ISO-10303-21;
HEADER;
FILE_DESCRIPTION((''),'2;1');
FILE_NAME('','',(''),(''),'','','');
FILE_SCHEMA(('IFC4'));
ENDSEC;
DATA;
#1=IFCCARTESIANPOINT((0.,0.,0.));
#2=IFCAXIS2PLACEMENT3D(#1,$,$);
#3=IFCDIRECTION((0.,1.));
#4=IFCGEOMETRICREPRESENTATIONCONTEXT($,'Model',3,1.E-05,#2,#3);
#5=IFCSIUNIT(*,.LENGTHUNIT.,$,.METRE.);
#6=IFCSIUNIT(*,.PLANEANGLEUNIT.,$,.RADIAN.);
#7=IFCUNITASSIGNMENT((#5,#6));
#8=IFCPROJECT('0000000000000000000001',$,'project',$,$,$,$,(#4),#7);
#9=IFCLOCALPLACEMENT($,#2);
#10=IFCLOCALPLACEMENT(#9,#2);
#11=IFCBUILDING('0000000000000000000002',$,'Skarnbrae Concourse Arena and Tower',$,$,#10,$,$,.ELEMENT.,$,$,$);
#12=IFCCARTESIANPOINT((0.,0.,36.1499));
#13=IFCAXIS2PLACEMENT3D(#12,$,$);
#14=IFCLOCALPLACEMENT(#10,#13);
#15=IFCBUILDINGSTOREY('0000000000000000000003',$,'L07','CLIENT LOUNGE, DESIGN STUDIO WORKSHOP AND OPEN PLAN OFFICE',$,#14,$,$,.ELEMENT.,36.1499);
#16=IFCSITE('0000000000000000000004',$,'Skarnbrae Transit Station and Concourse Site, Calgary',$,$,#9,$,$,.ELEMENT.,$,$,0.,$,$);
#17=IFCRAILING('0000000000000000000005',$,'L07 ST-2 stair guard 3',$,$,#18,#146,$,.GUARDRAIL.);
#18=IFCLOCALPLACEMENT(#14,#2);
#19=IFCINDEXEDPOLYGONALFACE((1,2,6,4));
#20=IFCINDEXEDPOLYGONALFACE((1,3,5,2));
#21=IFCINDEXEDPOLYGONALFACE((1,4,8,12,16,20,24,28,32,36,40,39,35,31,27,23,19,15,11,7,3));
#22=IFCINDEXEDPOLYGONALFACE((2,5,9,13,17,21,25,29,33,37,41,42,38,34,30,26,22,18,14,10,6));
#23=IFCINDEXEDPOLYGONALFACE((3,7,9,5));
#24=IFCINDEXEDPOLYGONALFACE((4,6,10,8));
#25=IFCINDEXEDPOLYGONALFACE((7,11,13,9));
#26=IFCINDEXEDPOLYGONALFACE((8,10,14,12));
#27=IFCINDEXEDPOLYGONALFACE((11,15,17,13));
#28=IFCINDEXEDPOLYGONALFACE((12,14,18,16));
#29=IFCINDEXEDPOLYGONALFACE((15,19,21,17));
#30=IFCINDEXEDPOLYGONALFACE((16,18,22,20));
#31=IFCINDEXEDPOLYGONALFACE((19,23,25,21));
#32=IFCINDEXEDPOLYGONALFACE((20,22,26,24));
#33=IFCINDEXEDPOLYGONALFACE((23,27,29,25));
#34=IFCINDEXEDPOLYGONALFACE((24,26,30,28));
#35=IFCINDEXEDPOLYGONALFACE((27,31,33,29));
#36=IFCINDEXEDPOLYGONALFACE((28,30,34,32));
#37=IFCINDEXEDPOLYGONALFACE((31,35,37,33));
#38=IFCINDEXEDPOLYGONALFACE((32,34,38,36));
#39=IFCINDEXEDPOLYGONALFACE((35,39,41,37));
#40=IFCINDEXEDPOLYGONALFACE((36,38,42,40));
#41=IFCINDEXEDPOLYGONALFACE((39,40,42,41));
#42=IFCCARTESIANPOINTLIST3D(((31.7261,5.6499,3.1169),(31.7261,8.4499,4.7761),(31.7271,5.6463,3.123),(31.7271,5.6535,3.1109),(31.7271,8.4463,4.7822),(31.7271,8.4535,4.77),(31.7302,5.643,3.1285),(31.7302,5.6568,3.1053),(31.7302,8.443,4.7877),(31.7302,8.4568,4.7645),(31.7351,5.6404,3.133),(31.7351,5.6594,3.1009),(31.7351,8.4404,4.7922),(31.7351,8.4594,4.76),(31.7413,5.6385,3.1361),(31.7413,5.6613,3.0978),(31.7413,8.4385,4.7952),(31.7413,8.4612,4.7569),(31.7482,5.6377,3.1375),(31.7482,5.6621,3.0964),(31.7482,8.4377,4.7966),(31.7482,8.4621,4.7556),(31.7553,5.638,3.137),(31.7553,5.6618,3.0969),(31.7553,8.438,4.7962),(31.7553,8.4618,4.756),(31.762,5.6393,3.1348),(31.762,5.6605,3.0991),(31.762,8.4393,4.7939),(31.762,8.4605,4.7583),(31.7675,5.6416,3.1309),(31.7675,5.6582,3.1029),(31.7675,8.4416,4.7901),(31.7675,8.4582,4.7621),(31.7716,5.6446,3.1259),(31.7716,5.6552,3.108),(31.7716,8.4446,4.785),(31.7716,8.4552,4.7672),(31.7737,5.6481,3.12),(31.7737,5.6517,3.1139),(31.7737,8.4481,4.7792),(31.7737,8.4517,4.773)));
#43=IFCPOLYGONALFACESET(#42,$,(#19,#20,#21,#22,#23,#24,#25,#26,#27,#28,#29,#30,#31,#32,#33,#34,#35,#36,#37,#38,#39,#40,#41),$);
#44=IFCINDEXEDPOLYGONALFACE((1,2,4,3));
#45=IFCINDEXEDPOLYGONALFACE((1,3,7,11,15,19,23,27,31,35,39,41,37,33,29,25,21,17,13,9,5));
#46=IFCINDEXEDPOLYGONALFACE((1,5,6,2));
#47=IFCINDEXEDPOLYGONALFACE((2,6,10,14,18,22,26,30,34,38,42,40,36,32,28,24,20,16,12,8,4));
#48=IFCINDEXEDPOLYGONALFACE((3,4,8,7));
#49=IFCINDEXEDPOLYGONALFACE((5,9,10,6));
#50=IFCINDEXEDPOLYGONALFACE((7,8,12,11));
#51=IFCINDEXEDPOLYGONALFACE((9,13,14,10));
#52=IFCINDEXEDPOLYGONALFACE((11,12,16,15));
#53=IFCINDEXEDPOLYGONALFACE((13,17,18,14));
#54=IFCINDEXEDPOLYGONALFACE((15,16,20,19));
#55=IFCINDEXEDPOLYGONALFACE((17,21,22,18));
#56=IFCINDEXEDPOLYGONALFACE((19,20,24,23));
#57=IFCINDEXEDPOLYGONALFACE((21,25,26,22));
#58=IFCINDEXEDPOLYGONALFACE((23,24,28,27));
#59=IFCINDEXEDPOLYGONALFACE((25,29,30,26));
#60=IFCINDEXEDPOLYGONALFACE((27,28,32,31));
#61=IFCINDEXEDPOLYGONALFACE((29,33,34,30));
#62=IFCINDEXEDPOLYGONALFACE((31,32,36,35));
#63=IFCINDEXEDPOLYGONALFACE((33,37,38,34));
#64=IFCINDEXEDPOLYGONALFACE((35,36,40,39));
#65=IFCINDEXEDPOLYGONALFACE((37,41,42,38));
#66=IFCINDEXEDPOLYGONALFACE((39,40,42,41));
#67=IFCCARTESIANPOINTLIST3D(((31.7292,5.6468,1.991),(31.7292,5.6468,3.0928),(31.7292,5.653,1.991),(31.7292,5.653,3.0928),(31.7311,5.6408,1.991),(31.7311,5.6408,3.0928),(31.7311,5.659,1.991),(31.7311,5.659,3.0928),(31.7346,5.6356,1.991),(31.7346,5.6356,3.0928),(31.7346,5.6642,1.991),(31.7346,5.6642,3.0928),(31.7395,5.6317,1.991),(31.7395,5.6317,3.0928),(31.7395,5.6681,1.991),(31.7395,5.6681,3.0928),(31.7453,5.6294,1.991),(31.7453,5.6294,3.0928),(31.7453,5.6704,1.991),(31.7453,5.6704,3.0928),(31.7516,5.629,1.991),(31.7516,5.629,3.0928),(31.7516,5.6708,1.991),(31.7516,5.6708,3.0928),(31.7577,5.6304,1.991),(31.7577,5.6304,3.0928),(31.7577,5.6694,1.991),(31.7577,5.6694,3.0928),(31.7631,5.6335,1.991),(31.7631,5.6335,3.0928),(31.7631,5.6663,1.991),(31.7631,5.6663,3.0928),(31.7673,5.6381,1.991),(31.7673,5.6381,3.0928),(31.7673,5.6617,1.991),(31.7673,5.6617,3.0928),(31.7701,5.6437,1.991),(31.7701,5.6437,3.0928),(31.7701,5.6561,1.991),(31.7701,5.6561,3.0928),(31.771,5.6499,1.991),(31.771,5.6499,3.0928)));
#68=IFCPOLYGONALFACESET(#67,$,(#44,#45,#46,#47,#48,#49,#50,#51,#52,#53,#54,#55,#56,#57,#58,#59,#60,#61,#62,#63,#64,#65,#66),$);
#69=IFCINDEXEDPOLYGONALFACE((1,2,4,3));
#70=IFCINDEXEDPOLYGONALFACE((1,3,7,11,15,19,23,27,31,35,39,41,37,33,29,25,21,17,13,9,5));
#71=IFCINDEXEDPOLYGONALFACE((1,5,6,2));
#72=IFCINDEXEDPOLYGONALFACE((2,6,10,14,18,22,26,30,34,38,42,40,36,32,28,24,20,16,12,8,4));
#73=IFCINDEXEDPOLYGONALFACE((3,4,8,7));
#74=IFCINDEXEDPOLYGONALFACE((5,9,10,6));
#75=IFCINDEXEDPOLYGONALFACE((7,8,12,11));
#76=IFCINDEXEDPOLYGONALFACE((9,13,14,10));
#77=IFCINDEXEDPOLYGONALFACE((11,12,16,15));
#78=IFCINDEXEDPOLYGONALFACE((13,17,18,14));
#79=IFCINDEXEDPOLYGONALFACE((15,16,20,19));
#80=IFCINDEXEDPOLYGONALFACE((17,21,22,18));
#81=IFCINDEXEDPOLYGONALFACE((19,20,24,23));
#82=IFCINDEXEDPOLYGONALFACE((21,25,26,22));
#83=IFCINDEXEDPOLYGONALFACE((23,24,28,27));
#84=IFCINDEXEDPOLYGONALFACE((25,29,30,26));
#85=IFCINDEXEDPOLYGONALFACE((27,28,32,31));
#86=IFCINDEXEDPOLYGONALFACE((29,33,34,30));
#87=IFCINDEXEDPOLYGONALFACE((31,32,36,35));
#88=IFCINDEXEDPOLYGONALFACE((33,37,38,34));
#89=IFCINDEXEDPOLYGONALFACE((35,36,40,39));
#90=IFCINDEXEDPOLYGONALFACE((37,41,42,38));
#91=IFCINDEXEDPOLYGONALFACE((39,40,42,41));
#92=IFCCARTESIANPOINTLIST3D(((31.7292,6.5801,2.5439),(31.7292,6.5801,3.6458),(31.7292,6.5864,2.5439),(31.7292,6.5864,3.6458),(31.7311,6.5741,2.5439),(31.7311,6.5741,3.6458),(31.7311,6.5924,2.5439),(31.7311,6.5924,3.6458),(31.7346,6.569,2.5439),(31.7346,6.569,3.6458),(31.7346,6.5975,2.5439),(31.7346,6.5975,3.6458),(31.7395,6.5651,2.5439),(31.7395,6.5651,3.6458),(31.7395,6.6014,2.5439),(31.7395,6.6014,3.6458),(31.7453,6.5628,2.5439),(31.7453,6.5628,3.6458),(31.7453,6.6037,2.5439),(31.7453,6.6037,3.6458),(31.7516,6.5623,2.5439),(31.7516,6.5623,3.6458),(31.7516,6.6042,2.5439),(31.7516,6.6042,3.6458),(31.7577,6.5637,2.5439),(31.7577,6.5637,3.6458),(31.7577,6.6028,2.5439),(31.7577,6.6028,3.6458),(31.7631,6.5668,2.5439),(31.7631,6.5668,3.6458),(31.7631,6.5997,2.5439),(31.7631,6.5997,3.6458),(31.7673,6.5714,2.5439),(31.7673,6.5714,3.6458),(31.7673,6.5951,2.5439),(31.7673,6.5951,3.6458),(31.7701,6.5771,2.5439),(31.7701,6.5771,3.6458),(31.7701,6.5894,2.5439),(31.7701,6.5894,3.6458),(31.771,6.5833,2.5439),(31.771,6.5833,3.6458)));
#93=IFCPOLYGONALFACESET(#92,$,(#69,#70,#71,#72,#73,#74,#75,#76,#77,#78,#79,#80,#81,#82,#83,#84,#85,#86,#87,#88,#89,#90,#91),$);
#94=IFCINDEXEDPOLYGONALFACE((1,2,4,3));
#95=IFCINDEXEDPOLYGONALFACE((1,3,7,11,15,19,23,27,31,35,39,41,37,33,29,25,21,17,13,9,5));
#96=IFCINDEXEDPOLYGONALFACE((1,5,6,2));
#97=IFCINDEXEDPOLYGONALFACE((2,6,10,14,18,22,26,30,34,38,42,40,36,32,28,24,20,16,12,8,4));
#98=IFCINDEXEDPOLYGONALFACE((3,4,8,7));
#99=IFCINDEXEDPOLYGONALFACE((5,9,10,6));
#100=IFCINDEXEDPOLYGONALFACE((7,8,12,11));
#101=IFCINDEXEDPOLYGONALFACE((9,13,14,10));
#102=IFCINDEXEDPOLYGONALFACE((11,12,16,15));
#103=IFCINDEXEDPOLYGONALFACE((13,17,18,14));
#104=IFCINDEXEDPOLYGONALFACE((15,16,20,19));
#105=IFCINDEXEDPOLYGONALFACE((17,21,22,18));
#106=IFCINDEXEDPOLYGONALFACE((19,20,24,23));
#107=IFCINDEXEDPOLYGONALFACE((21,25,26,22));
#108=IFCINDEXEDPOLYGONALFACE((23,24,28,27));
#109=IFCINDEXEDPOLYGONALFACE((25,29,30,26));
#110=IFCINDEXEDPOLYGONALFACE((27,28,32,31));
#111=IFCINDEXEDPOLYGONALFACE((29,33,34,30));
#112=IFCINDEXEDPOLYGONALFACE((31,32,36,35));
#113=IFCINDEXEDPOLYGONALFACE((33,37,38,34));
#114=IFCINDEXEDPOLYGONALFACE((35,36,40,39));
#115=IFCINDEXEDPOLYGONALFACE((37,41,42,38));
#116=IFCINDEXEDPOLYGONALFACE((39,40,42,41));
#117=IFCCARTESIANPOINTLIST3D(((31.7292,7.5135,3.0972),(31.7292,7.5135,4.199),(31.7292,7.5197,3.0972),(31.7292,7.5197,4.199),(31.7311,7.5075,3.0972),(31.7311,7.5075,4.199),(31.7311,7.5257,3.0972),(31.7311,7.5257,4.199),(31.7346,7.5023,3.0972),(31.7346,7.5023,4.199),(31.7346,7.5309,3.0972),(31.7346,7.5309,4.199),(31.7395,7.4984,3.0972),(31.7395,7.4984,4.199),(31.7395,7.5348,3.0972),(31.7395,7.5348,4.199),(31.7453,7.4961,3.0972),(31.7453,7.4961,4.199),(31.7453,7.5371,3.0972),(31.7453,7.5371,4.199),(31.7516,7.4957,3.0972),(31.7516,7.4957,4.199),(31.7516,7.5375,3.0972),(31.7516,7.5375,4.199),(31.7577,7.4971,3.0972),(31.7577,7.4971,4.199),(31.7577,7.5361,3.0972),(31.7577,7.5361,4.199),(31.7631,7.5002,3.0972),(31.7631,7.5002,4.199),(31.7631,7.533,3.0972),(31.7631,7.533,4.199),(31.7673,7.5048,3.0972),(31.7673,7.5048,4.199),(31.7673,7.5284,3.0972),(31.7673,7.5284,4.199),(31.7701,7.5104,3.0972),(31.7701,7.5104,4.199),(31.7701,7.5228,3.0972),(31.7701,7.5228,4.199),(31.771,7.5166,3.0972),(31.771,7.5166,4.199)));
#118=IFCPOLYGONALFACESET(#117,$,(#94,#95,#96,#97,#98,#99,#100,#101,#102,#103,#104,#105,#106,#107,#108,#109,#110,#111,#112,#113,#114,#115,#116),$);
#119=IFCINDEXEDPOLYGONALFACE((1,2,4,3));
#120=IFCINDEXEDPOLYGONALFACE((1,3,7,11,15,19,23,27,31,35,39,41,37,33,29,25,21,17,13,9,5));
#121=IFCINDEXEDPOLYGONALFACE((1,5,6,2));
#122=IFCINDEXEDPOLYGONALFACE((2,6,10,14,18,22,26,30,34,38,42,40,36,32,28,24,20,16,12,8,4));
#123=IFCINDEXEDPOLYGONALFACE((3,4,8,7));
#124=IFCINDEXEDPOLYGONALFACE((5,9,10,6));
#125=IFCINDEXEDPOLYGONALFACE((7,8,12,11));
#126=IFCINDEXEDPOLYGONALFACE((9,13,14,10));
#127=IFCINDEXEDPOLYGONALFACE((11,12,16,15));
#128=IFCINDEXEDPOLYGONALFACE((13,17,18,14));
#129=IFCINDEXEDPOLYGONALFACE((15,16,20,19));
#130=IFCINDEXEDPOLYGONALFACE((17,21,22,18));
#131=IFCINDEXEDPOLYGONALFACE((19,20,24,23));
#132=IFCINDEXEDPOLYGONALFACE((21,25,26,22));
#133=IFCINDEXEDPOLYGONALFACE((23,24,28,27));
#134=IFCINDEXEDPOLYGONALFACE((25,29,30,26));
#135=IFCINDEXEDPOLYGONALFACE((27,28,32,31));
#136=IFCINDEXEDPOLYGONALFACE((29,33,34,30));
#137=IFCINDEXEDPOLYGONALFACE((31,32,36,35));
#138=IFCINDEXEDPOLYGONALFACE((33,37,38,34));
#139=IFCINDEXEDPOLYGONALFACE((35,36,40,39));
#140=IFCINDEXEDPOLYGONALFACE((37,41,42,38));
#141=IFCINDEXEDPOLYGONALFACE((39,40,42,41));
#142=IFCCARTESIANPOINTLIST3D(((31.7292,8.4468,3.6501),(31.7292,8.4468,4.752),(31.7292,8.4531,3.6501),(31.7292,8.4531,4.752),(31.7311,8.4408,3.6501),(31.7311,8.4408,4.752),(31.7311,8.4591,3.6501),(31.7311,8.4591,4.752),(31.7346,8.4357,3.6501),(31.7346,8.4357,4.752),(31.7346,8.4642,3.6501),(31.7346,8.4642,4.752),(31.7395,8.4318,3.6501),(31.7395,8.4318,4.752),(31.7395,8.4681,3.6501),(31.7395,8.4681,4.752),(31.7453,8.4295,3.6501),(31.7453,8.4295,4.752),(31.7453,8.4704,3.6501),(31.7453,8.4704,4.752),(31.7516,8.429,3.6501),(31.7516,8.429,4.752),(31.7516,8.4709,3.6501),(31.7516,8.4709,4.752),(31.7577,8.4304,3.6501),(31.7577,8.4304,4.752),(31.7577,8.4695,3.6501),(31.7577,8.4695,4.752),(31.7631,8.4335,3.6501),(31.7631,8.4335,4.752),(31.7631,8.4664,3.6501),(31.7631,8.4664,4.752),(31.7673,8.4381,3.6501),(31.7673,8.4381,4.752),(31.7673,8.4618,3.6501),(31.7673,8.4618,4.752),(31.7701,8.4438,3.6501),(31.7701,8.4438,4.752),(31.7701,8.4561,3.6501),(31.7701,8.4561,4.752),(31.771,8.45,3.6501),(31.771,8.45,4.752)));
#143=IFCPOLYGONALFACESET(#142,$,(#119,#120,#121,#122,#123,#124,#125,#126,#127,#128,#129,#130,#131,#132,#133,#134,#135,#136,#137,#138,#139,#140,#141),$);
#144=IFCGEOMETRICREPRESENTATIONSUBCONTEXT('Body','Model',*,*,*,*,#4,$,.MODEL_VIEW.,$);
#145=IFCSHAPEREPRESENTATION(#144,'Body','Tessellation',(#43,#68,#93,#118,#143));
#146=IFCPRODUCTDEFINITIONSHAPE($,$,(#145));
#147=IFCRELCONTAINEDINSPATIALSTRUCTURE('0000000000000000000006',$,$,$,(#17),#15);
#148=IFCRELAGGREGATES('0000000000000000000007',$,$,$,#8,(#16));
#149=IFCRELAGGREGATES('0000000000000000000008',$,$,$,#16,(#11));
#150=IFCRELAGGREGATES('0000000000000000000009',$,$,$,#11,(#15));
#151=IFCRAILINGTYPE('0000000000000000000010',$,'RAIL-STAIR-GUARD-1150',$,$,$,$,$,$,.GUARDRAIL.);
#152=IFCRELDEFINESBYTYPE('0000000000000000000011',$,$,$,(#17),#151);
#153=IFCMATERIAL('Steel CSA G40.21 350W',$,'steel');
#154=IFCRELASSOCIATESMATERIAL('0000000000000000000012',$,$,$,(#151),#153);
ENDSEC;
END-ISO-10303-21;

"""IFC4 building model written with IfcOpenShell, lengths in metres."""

from ifc_helpers import new_model, si_unit, direction, frame, origin, origin_2d, place, context, subcontext, project, spatial, circle, extrude, material, type_object, element, save


model = new_model("IFC4")

# Units and contexts
model_context = context("Model", 3, precision=1e-05, world=origin(), true_north=direction((0.0, 1.0)))
body_context = subcontext(model_context, "Body", "Model", "MODEL_VIEW")
ifc_project = project(units=[si_unit("LENGTHUNIT", "METRE"), si_unit("PLANEANGLEUNIT", "RADIAN")], contexts=[model_context])

# Site, building, storey
site_placement = place(None, origin())
site = spatial("IfcSite", under=ifc_project, at=site_placement, Name="Skarnbrae Transit Station and Concourse Site, Calgary", CompositionType="ELEMENT", RefElevation=0.0)
building_placement = place(site_placement, origin())
building = spatial("IfcBuilding", under=site, at=building_placement, Name="Skarnbrae Concourse Arena and Tower", CompositionType="ELEMENT")
storey_placement = place(building_placement, frame((0.0, 0.0, 36.1499)))
storey = spatial("IfcBuildingStorey", under=building, at=storey_placement, Name="L07", Description="CLIENT LOUNGE, DESIGN STUDIO WORKSHOP AND OPEN PLAN OFFICE", CompositionType="ELEMENT", Elevation=36.1499)

# Shared definitions
ifc_material_1 = material(Name="Steel CSA G40.21 350W", Category="steel")

# Railing
railing_type_1 = type_object("IfcRailingType", Name="RAIL-STAIR-GUARD-1150", PredefinedType="GUARDRAIL", material=ifc_material_1)
railing_1_placement = place(storey_placement, frame((31.75, 5.6499, 1.991)))
element("IfcRailing", 1, at=railing_1_placement, inside=storey, type_object=railing_type_1, Name="L07 ST-2 stair guard 3", PredefinedType="GUARDRAIL", context=body_context, shape_type="SweptSolid", body=[
    extrude(circle(Radius=0.0239, at=origin_2d()), frame((0.0, 0.0, 1.126), z_axis=(0.0, 0.860306, 0.509778), x_axis=(-1.0, 0.0, 0.0)), (0.0, 0.0, 1.0), 3.2546),
    extrude(circle(Radius=0.021, at=origin_2d()), origin(), (0.0, 0.0, 1.0), 1.1018),
    extrude(circle(Radius=0.021, at=origin_2d()), frame((0.0, 0.9333, 0.553)), (0.0, 0.0, 1.0), 1.1018),
    extrude(circle(Radius=0.021, at=origin_2d()), frame((0.0, 1.8667, 1.1062)), (0.0, 0.0, 1.0), 1.1018),
    extrude(circle(Radius=0.021, at=origin_2d()), frame((0.0, 2.8, 1.6592)), (0.0, 0.0, 1.0), 1.1018),
])

save(model, "model.ifc")
